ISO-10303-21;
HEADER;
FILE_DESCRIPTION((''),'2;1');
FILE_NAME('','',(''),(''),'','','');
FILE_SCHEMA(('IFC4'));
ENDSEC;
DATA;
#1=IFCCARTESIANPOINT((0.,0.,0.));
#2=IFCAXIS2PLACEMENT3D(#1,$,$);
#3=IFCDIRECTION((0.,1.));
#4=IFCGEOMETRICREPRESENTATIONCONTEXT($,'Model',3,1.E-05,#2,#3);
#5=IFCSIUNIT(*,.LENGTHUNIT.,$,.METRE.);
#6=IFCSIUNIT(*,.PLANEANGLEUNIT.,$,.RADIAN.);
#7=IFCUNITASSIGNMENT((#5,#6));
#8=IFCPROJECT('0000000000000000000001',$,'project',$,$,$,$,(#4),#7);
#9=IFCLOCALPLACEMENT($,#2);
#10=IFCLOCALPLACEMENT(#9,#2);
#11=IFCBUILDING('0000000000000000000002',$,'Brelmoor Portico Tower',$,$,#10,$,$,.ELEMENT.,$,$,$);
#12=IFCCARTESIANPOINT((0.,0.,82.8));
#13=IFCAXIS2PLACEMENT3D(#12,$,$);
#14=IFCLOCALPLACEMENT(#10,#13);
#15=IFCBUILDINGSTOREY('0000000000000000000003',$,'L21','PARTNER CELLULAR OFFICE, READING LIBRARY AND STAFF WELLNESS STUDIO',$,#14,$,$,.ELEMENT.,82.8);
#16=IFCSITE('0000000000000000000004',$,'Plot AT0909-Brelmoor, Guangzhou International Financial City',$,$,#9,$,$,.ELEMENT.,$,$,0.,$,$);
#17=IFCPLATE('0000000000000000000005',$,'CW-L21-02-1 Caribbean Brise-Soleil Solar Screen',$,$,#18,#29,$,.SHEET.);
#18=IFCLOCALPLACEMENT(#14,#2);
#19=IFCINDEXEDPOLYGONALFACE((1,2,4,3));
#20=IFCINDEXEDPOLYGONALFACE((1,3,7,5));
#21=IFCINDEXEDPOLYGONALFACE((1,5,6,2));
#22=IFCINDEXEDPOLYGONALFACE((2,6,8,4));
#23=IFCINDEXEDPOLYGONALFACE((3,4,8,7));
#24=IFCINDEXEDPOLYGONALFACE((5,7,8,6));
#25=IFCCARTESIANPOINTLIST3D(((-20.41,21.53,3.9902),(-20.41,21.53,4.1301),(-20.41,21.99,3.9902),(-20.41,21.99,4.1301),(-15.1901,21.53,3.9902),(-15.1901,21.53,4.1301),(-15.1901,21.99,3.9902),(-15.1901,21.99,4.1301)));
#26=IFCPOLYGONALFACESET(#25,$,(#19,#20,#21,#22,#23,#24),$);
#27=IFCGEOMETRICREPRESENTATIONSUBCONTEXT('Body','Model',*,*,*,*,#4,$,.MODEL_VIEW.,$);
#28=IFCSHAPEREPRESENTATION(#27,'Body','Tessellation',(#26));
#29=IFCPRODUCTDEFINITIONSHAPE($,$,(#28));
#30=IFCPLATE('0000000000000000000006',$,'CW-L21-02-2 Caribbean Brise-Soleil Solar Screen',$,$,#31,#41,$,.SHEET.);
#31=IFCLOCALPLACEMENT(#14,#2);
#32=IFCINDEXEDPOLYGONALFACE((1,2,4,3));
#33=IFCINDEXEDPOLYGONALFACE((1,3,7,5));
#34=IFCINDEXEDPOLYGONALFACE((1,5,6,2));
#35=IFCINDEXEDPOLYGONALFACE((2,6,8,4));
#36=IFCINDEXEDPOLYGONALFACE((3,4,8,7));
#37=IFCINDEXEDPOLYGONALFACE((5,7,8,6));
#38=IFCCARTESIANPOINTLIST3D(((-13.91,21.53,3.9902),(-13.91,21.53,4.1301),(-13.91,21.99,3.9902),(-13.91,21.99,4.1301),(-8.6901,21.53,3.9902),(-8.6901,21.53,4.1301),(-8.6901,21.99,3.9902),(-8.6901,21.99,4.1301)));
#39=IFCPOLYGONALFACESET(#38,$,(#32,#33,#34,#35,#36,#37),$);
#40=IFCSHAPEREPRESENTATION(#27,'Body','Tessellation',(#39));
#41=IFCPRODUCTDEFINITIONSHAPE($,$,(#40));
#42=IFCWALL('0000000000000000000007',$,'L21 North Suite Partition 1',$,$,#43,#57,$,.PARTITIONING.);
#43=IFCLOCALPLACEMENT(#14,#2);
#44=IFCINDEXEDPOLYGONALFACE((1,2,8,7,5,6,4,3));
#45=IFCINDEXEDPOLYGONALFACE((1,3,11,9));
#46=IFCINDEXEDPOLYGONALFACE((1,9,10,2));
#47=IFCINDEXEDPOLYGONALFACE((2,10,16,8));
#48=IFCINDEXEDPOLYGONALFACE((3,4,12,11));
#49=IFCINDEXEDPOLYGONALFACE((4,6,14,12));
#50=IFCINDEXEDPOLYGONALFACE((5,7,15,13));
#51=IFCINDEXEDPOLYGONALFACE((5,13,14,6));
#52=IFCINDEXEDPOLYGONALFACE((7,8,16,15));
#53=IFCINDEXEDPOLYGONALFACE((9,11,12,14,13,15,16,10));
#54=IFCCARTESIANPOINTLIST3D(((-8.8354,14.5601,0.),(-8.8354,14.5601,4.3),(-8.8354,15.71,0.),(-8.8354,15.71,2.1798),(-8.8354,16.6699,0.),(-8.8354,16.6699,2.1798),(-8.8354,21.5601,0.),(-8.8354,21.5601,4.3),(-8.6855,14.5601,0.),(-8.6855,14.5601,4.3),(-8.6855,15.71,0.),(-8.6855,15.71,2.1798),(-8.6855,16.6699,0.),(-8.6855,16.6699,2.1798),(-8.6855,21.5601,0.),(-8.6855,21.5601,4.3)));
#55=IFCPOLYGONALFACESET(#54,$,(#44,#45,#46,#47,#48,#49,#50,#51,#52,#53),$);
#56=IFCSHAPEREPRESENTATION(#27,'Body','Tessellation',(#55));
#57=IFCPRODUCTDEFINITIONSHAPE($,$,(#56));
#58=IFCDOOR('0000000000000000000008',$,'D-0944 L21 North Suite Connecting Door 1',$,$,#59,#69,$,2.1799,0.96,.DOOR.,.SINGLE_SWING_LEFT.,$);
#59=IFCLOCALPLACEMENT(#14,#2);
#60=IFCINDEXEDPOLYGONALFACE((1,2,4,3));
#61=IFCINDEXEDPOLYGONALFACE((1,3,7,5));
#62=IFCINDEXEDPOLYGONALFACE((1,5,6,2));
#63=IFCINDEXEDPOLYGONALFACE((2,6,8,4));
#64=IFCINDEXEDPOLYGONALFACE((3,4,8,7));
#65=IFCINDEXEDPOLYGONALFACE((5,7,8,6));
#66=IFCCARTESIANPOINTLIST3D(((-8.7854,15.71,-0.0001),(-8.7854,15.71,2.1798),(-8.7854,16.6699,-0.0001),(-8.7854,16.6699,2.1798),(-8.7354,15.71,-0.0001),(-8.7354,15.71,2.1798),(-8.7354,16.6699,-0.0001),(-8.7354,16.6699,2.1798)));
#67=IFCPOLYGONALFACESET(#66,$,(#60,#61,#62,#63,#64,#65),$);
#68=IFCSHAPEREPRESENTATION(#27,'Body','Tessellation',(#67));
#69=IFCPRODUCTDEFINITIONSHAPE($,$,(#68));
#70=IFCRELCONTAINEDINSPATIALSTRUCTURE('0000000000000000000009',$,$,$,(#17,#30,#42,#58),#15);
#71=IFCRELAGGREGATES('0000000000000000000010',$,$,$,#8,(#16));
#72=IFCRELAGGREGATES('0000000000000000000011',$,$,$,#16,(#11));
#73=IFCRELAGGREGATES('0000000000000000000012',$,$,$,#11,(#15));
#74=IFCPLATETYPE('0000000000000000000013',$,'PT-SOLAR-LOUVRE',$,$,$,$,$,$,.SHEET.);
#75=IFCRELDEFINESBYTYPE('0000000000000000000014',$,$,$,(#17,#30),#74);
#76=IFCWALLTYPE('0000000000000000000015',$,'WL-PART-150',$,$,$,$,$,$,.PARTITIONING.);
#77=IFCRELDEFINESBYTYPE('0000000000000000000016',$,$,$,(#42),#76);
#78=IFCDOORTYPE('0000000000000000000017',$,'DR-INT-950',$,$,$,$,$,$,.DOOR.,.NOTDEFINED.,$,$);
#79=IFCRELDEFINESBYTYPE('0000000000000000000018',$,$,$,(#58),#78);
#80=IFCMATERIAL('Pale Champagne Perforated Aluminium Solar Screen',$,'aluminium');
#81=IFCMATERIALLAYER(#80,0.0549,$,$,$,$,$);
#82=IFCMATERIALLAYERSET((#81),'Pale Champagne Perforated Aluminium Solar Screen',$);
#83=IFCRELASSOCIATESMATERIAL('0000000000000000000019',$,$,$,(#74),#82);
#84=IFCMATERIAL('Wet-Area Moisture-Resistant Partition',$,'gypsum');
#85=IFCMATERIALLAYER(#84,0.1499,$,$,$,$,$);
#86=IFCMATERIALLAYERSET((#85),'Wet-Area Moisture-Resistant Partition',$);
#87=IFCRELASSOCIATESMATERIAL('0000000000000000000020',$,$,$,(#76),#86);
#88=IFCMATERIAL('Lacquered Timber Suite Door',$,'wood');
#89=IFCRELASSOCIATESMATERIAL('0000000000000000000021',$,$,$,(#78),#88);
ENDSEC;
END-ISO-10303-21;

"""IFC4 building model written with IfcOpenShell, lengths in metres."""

from ifc_helpers import new_model, si_unit, direction, frame, frame_2d, origin, origin_2d, place, context, subcontext, project, spatial, rectangle, extrude, material, layer, layer_set, type_object, element, fill, save


model = new_model("IFC4")

# Units and contexts
model_context = context("Model", 3, precision=1e-05, world=origin(), true_north=direction((0.0, 1.0)))
body_context = subcontext(model_context, "Body", "Model", "MODEL_VIEW")
ifc_project = project(units=[si_unit("LENGTHUNIT", "METRE"), si_unit("PLANEANGLEUNIT", "RADIAN")], contexts=[model_context])

# Site, building, storey
site_placement = place(None, origin())
site = spatial("IfcSite", under=ifc_project, at=site_placement, Name="Plot AT0909-Brelmoor, Guangzhou International Financial City", CompositionType="ELEMENT", RefElevation=0.0)
building_placement = place(site_placement, origin())
building = spatial("IfcBuilding", under=site, at=building_placement, Name="Brelmoor Portico Tower", CompositionType="ELEMENT")
storey_placement = place(building_placement, frame((0.0, 0.0, 82.8)))
storey = spatial("IfcBuildingStorey", under=building, at=storey_placement, Name="L21", Description="PARTNER CELLULAR OFFICE, READING LIBRARY AND STAFF WELLNESS STUDIO", CompositionType="ELEMENT", Elevation=82.8)

# Plates
ifc_material_1 = material(Name="Pale Champagne Perforated Aluminium Solar Screen", Category="aluminium")
ifc_layer_1 = layer(ifc_material_1, 0.0549)
ifc_layer_set_1 = layer_set([ifc_layer_1], Name="Pale Champagne Perforated Aluminium Solar Screen")
plate_type_1 = type_object("IfcPlateType", Name="PT-SOLAR-LOUVRE", PredefinedType="SHEET", material=ifc_layer_set_1)
for number, where, z_axis, x_axis, name in (
    (1, (-17.8, 21.76, 3.9902), (0.0, 0.0, 1.0), (1.0, 0.0, 0.0), "CW-L21-02-1 Caribbean Brise-Soleil Solar Screen"),
    (2, (-11.3, 21.76, 3.9902), (0.0, 0.0, 1.0), (1.0, 0.0, 0.0), "CW-L21-02-2 Caribbean Brise-Soleil Solar Screen"),
):
    element("IfcPlate", number, at=place(storey_placement, frame(where, z_axis=z_axis, x_axis=x_axis)), inside=storey, type_object=plate_type_1, Name=name, PredefinedType="SHEET", context=body_context, shape_type="SweptSolid", body=[
        extrude(rectangle(XDim=5.22, YDim=0.46, at=origin_2d()), origin(), (0.0, 0.0, 1.0), 0.1399),
    ])

# Wall, opening, door
ifc_material_2 = material(Name="Wet-Area Moisture-Resistant Partition", Category="gypsum")
ifc_layer_2 = layer(ifc_material_2, 0.1499)
ifc_layer_set_2 = layer_set([ifc_layer_2], Name="Wet-Area Moisture-Resistant Partition")
wall_type = type_object("IfcWallType", Name="WL-PART-150", PredefinedType="PARTITIONING", material=ifc_layer_set_2)
wall_placement = place(storey_placement, frame((-8.7605, 14.5601, 0.0), z_axis=(0.0, 0.0, 1.0), x_axis=(0.0, 1.0, 0.0)))
wall = element("IfcWall", 3, at=wall_placement, inside=storey, type_object=wall_type, Name="L21 North Suite Partition 1", PredefinedType="PARTITIONING", context=body_context, shape_type="SweptSolid", body=[
    extrude(rectangle(XDim=7.0, YDim=0.1499, at=frame_2d((3.5, 0.0))), origin(), (0.0, 0.0, 1.0), 4.3),
])
opening_placement = place(wall_placement, frame((1.1499, 0.0, 0.0)))
opening = element("IfcOpeningElement", 4, at=opening_placement, cuts=wall, PredefinedType="OPENING", context=body_context, shape_type="SweptSolid", body=[
    extrude(rectangle(XDim=0.96, YDim=2.1799, at=frame_2d((0.48, 1.0898))), frame((0.0, 0.085, 0.0), z_axis=(0.0, -1.0, 0.0), x_axis=(1.0, 0.0, 0.0)), (0.0, 0.0, 1.0), 0.1699),
])
ifc_material_3 = material(Name="Lacquered Timber Suite Door", Category="wood")
door_type = type_object("IfcDoorType", Name="DR-INT-950", OperationType="NOTDEFINED", PredefinedType="DOOR", material=ifc_material_3)
door_placement = place(opening_placement, origin())
door = element("IfcDoor", 5, at=door_placement, inside=storey, type_object=door_type, Name="D-0944 L21 North Suite Connecting Door 1", OperationType="SINGLE_SWING_LEFT", OverallHeight=2.1799, OverallWidth=0.96, PredefinedType="DOOR", context=body_context, shape_type="SweptSolid", body=[
    extrude(rectangle(XDim=0.96, YDim=2.1799, at=frame_2d((0.48, 1.0898))), frame((0.0, 0.0249, 0.0), z_axis=(0.0, -1.0, 0.0), x_axis=(1.0, 0.0, 0.0)), (0.0, 0.0, 1.0), 0.05),
])
fill(opening, door)

save(model, "model.ifc")
